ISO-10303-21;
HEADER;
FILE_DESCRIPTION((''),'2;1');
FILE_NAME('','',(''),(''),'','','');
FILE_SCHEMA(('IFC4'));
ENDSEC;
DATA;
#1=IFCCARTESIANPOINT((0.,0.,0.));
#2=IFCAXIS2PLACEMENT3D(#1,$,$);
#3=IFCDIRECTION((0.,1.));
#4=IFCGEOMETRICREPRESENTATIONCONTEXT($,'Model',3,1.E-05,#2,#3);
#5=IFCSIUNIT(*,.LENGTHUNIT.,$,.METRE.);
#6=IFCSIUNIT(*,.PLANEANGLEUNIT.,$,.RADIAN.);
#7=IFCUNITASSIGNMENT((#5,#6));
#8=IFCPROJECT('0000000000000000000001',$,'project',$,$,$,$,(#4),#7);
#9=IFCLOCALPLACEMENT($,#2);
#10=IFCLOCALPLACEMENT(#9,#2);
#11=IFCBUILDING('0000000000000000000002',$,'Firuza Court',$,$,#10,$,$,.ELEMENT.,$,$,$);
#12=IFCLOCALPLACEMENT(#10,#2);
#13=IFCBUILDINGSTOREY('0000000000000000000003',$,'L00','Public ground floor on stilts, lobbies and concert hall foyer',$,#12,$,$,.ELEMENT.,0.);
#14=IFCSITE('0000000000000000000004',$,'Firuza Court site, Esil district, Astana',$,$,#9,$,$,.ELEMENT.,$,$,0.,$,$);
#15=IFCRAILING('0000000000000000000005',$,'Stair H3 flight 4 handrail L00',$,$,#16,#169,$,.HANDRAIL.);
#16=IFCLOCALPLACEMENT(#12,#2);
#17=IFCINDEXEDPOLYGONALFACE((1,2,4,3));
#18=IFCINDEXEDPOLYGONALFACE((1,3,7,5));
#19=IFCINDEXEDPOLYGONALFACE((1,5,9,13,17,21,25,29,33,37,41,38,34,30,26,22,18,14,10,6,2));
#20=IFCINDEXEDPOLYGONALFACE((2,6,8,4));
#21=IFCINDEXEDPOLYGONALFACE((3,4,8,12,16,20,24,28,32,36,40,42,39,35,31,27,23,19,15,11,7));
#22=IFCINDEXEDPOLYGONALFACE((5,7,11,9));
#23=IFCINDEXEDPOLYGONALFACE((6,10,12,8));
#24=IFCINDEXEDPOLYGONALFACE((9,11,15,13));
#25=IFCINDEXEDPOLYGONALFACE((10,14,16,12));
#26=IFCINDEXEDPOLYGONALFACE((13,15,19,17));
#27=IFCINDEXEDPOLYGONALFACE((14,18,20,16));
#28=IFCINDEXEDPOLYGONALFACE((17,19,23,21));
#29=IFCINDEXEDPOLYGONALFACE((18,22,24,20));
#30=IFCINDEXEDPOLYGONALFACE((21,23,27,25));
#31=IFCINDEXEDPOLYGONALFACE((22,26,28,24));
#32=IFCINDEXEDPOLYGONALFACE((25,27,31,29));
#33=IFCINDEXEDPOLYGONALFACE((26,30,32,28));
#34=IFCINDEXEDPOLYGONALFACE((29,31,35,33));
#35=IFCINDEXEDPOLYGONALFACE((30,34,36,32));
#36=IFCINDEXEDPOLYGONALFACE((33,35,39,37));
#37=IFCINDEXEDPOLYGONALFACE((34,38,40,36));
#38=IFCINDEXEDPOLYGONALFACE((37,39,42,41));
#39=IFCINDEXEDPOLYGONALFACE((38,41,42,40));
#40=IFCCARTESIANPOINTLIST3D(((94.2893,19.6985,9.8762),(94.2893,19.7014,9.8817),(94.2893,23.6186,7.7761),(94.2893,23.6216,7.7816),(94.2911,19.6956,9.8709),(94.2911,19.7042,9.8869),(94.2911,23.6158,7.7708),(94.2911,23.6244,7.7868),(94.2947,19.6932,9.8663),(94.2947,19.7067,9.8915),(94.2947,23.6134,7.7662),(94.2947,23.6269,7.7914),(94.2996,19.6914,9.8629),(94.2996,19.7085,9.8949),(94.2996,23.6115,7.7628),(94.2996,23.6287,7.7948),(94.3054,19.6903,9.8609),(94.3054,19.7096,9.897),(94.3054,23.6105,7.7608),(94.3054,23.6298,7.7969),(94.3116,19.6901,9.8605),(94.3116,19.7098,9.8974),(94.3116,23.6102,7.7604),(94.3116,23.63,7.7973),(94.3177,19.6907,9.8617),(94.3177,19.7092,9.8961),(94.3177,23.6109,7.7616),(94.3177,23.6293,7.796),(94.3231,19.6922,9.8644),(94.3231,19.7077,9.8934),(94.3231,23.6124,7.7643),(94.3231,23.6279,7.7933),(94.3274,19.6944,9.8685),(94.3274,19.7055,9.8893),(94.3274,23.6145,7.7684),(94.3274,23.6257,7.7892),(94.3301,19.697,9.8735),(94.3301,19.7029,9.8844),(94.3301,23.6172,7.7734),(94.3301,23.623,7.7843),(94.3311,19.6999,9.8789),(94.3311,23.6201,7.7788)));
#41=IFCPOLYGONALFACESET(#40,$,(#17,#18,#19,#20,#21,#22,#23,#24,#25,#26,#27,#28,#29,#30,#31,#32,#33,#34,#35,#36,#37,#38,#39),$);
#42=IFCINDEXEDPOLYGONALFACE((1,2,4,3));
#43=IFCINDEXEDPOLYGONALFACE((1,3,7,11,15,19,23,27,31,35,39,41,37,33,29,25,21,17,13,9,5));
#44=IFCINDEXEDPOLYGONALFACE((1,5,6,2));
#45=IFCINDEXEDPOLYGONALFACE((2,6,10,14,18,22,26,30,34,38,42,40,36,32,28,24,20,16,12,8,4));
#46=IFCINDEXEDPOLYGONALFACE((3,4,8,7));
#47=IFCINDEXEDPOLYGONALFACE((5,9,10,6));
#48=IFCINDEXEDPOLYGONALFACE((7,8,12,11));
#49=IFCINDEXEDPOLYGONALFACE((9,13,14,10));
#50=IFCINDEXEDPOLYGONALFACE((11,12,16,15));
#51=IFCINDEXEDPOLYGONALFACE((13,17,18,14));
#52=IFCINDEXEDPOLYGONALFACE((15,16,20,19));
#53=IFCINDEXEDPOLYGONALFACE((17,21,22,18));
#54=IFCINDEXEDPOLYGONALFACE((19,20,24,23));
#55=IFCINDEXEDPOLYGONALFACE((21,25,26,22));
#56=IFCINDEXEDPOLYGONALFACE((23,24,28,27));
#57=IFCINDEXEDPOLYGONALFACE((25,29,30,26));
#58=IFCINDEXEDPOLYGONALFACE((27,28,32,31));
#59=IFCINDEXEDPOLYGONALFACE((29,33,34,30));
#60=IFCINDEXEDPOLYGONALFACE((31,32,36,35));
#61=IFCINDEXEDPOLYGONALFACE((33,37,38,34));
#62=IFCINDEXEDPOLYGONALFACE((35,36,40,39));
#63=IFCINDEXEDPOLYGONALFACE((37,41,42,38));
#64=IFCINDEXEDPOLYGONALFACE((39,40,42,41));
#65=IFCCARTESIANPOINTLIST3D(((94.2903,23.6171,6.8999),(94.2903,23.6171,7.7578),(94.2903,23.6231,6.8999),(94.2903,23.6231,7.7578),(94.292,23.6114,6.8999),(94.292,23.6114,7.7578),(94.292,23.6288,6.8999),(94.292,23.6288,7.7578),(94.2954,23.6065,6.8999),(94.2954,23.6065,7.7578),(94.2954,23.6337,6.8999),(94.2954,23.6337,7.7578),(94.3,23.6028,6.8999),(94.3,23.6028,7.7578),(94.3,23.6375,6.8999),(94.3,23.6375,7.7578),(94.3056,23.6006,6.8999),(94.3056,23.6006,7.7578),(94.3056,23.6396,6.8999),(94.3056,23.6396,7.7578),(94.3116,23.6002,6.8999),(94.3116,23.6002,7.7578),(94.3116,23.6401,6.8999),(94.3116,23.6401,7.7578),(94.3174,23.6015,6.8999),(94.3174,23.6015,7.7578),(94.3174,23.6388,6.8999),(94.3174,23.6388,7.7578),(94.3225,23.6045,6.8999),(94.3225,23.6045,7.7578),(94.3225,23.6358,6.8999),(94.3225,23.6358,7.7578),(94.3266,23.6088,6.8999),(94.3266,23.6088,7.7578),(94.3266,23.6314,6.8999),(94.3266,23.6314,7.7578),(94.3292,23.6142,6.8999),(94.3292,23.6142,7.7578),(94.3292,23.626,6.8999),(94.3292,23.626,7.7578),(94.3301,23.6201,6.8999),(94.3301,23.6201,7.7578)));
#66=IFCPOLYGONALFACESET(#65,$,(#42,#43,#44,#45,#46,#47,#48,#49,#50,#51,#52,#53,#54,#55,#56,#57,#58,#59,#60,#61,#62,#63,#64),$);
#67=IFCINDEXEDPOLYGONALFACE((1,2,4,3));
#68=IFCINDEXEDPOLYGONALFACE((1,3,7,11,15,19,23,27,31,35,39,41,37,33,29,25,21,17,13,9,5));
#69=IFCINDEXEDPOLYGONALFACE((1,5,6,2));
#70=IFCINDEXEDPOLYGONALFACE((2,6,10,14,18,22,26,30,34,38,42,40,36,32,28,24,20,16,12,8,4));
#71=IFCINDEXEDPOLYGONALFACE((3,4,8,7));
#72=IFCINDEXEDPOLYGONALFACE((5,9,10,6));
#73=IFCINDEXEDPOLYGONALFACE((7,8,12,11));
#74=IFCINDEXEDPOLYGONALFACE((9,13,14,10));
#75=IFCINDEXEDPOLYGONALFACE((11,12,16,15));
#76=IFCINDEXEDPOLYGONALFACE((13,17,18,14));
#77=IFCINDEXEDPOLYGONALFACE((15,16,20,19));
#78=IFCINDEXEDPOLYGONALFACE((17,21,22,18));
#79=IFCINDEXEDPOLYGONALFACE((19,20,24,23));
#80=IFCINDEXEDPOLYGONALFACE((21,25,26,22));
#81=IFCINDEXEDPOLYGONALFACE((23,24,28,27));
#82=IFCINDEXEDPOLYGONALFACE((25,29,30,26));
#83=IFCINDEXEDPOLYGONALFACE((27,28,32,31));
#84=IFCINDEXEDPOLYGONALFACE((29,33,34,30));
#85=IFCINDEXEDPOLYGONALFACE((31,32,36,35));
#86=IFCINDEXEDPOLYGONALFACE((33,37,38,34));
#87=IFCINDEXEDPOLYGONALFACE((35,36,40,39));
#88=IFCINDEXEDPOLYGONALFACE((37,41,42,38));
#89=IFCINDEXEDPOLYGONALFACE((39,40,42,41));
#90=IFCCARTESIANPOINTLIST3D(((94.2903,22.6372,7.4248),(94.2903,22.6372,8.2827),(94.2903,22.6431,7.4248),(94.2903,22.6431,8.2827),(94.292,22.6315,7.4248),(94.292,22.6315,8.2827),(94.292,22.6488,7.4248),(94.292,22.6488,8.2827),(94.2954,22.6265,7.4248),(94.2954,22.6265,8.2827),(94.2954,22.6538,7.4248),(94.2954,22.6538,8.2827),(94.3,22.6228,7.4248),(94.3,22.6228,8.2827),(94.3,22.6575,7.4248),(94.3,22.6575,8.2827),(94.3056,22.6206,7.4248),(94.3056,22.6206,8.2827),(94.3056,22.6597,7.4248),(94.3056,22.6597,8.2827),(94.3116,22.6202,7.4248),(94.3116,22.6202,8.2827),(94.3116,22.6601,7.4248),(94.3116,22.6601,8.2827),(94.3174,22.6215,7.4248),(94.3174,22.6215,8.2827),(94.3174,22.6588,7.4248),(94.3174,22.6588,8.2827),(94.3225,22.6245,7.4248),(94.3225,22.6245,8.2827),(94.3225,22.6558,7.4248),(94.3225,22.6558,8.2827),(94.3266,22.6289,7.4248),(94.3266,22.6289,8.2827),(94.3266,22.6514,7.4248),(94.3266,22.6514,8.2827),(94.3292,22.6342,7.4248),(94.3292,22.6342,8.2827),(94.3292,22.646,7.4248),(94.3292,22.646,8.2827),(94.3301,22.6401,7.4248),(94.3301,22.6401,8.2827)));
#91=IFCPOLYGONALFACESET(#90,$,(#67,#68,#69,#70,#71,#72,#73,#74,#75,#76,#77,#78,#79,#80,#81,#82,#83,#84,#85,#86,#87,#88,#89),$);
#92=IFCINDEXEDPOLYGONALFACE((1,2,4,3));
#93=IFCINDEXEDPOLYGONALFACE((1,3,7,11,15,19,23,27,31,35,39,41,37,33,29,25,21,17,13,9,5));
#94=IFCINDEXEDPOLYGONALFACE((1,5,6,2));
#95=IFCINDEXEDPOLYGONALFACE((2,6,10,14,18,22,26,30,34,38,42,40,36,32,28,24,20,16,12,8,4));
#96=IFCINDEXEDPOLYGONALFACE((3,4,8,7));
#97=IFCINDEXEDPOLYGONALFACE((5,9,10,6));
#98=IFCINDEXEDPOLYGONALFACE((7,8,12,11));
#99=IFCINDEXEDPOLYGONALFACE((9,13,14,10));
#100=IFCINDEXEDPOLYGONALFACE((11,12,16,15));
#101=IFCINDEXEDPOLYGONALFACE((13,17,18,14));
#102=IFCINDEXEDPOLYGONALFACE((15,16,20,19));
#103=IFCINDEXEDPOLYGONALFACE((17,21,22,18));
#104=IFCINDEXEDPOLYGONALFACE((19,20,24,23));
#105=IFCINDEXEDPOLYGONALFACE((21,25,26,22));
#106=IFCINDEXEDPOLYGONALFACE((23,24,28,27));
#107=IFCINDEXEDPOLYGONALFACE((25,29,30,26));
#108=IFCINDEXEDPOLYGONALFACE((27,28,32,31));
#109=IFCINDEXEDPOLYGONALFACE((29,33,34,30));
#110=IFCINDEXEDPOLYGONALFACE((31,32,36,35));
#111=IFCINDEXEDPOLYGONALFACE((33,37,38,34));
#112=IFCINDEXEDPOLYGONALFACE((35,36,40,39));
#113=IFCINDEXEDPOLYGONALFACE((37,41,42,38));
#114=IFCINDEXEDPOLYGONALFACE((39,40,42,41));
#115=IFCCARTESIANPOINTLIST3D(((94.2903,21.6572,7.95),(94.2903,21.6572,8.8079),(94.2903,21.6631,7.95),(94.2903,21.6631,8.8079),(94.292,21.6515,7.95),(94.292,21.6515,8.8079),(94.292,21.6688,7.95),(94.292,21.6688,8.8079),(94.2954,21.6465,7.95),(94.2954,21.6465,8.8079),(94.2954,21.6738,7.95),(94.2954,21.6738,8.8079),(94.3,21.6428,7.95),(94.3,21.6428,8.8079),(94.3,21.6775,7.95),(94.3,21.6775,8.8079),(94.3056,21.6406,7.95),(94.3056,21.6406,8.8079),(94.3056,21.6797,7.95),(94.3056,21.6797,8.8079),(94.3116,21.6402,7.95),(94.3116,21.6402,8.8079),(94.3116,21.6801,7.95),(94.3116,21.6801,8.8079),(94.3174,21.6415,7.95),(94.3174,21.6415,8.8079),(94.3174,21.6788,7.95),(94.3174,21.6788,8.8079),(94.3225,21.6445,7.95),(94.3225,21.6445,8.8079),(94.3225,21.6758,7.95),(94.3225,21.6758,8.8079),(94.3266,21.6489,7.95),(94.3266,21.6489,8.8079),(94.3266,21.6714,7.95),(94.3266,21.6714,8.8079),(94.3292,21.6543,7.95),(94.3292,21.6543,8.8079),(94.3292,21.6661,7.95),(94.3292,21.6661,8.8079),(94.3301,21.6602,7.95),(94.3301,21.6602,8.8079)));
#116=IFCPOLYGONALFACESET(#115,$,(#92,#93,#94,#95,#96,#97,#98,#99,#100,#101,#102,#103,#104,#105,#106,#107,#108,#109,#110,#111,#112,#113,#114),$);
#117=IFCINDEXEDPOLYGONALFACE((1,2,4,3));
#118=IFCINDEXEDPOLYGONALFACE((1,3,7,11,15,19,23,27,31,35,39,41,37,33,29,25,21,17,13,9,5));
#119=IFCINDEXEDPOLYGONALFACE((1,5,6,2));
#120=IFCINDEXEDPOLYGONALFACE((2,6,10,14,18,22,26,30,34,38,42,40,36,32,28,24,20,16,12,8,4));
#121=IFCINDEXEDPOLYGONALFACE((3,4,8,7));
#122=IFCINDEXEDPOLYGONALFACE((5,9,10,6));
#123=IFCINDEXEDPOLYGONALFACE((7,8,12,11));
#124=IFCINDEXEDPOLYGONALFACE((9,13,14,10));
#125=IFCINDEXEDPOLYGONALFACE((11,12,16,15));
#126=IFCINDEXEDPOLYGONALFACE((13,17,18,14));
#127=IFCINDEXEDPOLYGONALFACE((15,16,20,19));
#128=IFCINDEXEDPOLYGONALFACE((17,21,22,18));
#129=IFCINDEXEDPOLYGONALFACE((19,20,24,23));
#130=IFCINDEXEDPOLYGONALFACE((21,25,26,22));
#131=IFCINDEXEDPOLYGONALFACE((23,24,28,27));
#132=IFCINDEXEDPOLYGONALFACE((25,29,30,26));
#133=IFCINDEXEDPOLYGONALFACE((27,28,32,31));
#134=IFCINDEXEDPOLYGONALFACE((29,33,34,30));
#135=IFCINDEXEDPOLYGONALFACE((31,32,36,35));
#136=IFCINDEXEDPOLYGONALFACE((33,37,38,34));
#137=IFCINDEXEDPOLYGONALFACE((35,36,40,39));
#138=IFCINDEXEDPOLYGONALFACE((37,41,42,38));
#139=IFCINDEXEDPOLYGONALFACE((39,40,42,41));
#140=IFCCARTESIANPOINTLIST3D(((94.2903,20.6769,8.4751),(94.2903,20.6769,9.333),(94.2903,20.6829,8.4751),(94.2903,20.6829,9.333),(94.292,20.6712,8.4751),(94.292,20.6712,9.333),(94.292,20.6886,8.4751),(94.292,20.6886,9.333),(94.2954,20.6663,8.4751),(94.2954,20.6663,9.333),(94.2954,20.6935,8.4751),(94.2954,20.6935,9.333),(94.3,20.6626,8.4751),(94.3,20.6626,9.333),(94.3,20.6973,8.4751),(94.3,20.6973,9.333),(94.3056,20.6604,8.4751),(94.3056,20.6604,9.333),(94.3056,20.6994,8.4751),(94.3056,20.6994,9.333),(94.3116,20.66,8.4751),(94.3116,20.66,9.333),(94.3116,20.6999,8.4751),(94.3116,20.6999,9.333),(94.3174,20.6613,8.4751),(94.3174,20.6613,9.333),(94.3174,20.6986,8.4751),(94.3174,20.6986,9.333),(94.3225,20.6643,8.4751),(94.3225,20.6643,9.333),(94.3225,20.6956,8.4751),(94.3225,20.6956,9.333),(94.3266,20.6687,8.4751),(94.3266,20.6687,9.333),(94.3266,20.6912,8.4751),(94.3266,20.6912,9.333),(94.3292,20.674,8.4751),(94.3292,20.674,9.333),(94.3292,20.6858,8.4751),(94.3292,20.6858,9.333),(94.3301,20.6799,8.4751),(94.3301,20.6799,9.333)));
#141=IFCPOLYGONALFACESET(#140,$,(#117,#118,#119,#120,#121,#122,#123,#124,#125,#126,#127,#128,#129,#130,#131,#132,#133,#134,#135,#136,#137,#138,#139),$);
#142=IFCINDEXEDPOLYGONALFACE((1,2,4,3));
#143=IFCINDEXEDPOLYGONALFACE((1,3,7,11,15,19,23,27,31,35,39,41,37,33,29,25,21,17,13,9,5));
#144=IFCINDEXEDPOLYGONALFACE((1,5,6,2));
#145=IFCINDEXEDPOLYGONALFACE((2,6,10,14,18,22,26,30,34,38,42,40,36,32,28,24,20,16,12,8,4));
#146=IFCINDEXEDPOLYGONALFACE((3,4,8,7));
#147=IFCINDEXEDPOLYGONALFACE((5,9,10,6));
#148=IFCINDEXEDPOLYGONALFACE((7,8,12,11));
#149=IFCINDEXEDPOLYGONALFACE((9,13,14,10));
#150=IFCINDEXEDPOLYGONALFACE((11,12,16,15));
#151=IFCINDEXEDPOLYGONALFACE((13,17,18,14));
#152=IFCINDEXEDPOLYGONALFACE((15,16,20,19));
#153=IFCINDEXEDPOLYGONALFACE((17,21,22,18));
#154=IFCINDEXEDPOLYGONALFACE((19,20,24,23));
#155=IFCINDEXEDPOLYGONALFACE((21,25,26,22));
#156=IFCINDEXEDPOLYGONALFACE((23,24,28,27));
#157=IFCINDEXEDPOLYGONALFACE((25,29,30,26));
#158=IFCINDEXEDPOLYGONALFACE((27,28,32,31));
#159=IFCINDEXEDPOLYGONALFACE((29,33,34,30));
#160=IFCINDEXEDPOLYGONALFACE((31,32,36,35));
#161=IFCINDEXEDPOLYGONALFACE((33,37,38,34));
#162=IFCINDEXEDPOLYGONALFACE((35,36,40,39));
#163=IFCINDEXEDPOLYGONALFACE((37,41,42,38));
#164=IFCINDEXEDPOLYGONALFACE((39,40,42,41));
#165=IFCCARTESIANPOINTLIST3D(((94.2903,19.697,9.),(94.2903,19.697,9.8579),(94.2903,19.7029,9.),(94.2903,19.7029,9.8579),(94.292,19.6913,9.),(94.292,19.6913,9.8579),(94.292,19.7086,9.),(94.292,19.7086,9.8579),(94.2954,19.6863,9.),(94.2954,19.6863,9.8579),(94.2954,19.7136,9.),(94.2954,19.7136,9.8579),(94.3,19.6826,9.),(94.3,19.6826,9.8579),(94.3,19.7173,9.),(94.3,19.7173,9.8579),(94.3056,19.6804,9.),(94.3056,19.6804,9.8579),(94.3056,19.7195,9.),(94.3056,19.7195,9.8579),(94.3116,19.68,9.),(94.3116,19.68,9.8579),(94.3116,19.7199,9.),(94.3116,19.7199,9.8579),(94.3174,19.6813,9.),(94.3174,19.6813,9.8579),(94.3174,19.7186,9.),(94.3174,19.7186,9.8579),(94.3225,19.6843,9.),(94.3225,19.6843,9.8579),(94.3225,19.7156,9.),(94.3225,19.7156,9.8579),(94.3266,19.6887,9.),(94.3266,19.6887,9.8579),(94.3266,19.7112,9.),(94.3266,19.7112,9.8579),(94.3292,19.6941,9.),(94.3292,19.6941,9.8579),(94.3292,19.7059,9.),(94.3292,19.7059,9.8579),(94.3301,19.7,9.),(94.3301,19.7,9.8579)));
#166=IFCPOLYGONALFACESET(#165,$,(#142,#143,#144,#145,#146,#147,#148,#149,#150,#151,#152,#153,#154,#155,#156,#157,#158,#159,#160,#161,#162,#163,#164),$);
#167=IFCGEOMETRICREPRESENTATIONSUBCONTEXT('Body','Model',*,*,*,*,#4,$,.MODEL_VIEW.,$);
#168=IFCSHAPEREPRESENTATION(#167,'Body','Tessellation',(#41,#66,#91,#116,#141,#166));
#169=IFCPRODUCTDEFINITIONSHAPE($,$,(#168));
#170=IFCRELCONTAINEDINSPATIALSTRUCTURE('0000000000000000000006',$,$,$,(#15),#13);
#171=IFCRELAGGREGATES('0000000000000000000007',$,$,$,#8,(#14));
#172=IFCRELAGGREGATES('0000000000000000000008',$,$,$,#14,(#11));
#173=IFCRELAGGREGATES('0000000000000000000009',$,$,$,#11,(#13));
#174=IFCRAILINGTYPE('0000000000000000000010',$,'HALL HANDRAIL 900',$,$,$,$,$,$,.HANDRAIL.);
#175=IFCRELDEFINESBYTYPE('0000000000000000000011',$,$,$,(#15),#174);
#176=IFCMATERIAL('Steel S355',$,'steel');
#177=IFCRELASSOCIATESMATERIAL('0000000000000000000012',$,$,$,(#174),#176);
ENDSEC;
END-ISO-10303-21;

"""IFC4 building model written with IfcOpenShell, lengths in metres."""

from ifc_helpers import new_model, si_unit, direction, frame, origin, origin_2d, place, context, subcontext, project, spatial, circle, extrude, material, type_object, element, save


model = new_model("IFC4")

# Units and contexts
model_context = context("Model", 3, precision=1e-05, world=origin(), true_north=direction((0.0, 1.0)))
body_context = subcontext(model_context, "Body", "Model", "MODEL_VIEW")
ifc_project = project(units=[si_unit("LENGTHUNIT", "METRE"), si_unit("PLANEANGLEUNIT", "RADIAN")], contexts=[model_context])

# Site, building, storey
site_placement = place(None, origin())
site = spatial("IfcSite", under=ifc_project, at=site_placement, Name="Firuza Court site, Esil district, Astana", CompositionType="ELEMENT", RefElevation=0.0)
building_placement = place(site_placement, origin())
building = spatial("IfcBuilding", under=site, at=building_placement, Name="Firuza Court", CompositionType="ELEMENT")
storey_placement = place(building_placement, origin())
storey = spatial("IfcBuildingStorey", under=building, at=storey_placement, Name="L00", Description="Public ground floor on stilts, lobbies and concert hall foyer", CompositionType="ELEMENT", Elevation=0.0)

# Railing
ifc_material_1 = material(Name="Steel S355", Category="steel")
railing_type_1 = type_object("IfcRailingType", Name="HALL HANDRAIL 900", PredefinedType="HANDRAIL", material=ifc_material_1)
for number, where, name in (
    (1, (94.3101, 23.6201, 6.8999), "Stair H3 flight 4 handrail L00"),
):
    element("IfcRailing", number, at=place(storey_placement, frame(where)), inside=storey, type_object=railing_type_1, Name=name, PredefinedType="HANDRAIL", context=body_context, shape_type="SweptSolid", body=[
        extrude(circle(Radius=0.021, at=origin_2d()), frame((0.0, 0.0, 0.8789), z_axis=(0.0, -0.881479, 0.472223), x_axis=(1.0, 0.0, 0.0)), (0.0, 0.0, 1.0), 4.4473),
        extrude(circle(Radius=0.02, at=origin_2d()), origin(), (0.0, 0.0, 1.0), 0.8579),
        extrude(circle(Radius=0.02, at=origin_2d()), frame((0.0, -0.98, 0.5249)), (0.0, 0.0, 1.0), 0.8579),
        extrude(circle(Radius=0.02, at=origin_2d()), frame((0.0, -1.96, 1.05)), (0.0, 0.0, 1.0), 0.8579),
        extrude(circle(Radius=0.02, at=origin_2d()), frame((0.0, -2.9402, 1.5752)), (0.0, 0.0, 1.0), 0.8579),
        extrude(circle(Radius=0.02, at=origin_2d()), frame((0.0, -3.9202, 2.1001)), (0.0, 0.0, 1.0), 0.8579),
    ])

save(model, "model.ifc")
